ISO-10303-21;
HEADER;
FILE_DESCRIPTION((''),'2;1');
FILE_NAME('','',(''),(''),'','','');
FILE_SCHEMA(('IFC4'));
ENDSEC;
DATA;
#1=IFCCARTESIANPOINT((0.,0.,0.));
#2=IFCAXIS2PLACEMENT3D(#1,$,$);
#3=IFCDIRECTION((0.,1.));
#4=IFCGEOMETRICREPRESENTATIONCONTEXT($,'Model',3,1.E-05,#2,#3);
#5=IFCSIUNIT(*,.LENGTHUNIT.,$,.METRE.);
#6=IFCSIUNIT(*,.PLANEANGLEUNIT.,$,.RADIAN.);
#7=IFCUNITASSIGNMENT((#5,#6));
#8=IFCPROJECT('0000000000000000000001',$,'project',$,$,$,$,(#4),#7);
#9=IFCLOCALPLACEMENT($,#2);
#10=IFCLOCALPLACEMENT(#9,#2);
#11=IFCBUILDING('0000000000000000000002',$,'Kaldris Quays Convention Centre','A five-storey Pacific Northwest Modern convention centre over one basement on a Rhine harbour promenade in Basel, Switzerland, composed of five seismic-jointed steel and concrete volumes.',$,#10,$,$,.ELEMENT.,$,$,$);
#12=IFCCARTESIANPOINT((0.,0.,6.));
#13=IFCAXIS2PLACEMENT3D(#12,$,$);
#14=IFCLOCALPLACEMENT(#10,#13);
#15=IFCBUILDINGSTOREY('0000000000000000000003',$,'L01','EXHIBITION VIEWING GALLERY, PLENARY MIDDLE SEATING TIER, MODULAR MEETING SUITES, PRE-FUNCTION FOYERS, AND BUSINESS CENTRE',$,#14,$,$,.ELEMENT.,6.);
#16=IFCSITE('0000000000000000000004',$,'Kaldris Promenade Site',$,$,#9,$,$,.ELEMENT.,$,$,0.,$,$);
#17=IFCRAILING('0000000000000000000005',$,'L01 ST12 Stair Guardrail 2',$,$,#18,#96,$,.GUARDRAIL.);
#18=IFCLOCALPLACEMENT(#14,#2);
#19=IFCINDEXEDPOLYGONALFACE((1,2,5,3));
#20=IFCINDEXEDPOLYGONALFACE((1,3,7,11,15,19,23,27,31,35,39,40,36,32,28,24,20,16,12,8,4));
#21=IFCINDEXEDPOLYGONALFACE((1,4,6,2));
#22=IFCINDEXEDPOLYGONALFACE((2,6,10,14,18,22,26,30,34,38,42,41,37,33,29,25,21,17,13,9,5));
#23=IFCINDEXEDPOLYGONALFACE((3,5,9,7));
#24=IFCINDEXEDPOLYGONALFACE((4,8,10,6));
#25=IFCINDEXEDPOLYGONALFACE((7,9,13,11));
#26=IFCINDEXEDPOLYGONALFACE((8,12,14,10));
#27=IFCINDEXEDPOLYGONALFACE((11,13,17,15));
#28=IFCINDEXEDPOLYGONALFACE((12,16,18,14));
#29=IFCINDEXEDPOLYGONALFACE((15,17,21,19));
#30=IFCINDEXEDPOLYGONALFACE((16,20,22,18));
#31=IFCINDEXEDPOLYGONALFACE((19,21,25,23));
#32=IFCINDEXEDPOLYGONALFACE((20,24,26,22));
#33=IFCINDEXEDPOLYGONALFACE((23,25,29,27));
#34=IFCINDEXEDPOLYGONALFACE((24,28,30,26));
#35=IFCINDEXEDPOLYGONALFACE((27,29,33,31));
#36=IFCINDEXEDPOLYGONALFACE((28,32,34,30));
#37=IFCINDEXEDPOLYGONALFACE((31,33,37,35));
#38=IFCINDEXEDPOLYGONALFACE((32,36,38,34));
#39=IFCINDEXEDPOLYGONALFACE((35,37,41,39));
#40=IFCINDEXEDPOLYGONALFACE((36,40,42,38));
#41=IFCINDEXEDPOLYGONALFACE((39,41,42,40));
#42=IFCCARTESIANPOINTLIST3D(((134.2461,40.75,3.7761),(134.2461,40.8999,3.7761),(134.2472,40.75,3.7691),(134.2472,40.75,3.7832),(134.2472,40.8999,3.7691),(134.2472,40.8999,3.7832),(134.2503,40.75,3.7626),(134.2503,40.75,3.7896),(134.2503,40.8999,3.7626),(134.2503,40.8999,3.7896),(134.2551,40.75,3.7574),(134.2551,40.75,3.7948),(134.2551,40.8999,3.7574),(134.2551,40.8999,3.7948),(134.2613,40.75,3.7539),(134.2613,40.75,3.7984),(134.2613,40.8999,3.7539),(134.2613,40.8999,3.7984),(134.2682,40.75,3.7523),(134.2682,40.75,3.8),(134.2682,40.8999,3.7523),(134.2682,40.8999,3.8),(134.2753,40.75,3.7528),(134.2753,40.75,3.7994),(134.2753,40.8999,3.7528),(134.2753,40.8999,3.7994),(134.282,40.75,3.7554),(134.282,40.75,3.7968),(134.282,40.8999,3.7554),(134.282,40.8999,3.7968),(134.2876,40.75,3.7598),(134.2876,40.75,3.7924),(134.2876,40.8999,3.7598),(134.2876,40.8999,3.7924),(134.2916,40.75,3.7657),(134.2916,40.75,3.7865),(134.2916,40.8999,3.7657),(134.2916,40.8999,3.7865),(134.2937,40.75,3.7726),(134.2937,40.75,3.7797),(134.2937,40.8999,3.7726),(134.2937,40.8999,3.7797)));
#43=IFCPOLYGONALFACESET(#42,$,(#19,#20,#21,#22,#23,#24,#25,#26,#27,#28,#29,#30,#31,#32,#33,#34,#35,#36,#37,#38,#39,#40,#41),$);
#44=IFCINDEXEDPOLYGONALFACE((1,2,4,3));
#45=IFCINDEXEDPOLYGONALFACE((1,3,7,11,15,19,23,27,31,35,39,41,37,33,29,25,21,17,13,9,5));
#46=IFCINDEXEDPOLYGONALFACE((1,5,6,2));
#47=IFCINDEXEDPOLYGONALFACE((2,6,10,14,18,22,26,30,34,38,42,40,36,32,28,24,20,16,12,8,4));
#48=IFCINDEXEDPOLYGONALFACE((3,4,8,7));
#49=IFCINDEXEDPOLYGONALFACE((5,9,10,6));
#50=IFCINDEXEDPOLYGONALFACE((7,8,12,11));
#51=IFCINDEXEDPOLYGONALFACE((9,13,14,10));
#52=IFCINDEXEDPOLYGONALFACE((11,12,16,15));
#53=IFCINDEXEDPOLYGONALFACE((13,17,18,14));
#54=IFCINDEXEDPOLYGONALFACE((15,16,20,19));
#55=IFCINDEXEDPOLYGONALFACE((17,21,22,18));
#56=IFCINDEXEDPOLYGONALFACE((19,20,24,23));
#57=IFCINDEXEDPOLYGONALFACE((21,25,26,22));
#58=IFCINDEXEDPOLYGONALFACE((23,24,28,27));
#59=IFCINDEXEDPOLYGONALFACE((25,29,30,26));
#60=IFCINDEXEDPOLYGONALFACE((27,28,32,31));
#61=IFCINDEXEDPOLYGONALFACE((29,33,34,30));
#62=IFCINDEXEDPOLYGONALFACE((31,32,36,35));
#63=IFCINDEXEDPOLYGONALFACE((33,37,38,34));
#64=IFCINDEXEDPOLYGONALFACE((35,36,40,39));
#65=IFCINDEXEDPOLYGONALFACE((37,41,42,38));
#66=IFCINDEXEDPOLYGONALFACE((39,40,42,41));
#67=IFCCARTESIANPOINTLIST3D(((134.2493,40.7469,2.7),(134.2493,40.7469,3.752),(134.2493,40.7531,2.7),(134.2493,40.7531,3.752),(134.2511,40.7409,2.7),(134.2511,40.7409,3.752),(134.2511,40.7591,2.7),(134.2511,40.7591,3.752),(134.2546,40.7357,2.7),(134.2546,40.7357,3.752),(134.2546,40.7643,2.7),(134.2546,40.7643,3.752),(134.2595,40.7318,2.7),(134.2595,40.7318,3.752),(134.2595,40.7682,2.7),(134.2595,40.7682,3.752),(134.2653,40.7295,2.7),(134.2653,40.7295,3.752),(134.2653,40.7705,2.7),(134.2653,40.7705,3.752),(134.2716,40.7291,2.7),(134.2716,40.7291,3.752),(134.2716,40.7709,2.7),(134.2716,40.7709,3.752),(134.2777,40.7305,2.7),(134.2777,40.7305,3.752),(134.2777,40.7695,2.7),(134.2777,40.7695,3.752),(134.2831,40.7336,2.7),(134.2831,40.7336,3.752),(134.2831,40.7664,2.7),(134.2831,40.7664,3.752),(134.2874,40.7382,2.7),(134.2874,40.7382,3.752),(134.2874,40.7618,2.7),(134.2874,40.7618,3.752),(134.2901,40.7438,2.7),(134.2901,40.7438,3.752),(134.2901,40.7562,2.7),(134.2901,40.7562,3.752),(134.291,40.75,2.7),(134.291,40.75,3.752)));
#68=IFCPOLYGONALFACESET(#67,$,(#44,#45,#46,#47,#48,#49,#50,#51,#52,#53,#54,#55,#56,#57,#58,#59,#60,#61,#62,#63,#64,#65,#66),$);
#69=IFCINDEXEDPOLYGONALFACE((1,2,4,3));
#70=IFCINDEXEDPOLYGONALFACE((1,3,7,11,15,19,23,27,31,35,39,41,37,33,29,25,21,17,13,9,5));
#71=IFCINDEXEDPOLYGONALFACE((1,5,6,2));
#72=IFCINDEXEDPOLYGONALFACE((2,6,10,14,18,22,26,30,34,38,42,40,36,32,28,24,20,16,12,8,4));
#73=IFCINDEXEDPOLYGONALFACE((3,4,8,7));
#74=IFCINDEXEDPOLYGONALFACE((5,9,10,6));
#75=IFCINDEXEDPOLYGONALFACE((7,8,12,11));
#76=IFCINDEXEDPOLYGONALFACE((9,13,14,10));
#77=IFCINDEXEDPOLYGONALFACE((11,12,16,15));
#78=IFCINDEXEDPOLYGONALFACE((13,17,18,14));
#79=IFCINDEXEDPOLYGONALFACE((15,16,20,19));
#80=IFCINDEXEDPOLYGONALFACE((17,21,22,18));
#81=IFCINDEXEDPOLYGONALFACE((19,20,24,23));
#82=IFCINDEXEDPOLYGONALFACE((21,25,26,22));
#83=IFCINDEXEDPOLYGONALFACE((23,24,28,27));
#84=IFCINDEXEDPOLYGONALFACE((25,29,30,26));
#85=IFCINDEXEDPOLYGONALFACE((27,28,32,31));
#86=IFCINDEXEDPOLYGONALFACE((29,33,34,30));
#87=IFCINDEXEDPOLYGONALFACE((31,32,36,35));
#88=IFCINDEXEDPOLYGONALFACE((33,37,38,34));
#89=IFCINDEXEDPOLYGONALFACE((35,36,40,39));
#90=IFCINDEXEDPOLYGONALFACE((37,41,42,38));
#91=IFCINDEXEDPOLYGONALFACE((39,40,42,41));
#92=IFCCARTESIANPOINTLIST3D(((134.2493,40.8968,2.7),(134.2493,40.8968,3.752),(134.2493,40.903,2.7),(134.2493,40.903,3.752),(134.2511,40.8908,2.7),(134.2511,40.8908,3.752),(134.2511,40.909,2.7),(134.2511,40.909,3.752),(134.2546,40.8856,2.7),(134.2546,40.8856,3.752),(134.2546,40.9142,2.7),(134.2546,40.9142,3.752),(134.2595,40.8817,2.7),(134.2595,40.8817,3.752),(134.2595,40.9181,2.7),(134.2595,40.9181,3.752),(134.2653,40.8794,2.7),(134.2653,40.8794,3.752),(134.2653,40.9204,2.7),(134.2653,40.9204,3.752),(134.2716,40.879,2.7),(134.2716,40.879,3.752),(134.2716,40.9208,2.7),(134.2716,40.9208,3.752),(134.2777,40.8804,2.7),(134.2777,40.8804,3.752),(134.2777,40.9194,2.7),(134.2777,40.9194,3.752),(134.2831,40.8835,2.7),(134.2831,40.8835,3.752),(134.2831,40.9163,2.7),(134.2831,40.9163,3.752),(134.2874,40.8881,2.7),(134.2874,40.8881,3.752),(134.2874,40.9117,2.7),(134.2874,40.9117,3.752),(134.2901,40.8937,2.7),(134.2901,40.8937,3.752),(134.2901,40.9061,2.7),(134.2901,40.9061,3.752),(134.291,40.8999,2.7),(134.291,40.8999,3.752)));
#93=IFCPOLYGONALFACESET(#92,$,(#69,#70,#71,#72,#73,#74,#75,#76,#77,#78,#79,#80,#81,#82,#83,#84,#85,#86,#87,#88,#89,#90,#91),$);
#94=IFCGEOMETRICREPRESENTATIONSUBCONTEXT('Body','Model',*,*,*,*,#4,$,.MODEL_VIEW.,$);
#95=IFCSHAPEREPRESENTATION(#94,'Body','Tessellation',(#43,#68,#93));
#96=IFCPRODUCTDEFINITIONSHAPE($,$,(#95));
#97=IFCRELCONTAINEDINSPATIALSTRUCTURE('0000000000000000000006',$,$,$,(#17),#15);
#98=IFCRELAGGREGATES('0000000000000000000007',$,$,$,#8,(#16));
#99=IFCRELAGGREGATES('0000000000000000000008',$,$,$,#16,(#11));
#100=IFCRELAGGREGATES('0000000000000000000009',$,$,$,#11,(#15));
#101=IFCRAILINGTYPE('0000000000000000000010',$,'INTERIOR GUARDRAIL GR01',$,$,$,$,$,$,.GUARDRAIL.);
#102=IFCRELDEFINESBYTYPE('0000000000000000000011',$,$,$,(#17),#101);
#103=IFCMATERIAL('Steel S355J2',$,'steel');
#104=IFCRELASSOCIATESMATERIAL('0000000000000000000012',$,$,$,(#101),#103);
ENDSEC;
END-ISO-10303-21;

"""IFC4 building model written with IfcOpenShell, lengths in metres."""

from ifc_helpers import new_model, si_unit, direction, frame, origin, origin_2d, place, context, subcontext, project, spatial, circle, extrude, material, type_object, element, save


model = new_model("IFC4")

# Units and contexts
model_context = context("Model", 3, precision=1e-05, world=origin(), true_north=direction((0.0, 1.0)))
body_context = subcontext(model_context, "Body", "Model", "MODEL_VIEW")
ifc_project = project(units=[si_unit("LENGTHUNIT", "METRE"), si_unit("PLANEANGLEUNIT", "RADIAN")], contexts=[model_context])

# Site, building, storey
site_placement = place(None, origin())
site = spatial("IfcSite", under=ifc_project, at=site_placement, Name="Kaldris Promenade Site", CompositionType="ELEMENT", RefElevation=0.0)
building_placement = place(site_placement, origin())
building = spatial("IfcBuilding", under=site, at=building_placement, Name="Kaldris Quays Convention Centre", Description="A five-storey Pacific Northwest Modern convention centre over one basement on a Rhine harbour promenade in Basel, Switzerland, composed of five seismic-jointed steel and concrete volumes.", CompositionType="ELEMENT")
storey_placement = place(building_placement, frame((0.0, 0.0, 6.0)))
storey = spatial("IfcBuildingStorey", under=building, at=storey_placement, Name="L01", Description="EXHIBITION VIEWING GALLERY, PLENARY MIDDLE SEATING TIER, MODULAR MEETING SUITES, PRE-FUNCTION FOYERS, AND BUSINESS CENTRE", CompositionType="ELEMENT", Elevation=6.0)

# Shared definitions
ifc_material_1 = material(Name="Steel S355J2", Category="steel")

# Railing
railing_type_1 = type_object("IfcRailingType", Name="INTERIOR GUARDRAIL GR01", PredefinedType="GUARDRAIL", material=ifc_material_1)
railing_1_placement = place(storey_placement, frame((134.27, 40.75, 2.7)))
element("IfcRailing", 1, at=railing_1_placement, inside=storey, type_object=railing_type_1, Name="L01 ST12 Stair Guardrail 2", PredefinedType="GUARDRAIL", context=body_context, shape_type="SweptSolid", body=[
    extrude(circle(Radius=0.0239, at=origin_2d()), frame((0.0, 0.0, 1.0762), z_axis=(0.0, 1.0, 0.0), x_axis=(-1.0, 0.0, 0.0)), (0.0, 0.0, 1.0), 0.1499),
    extrude(circle(Radius=0.021, at=origin_2d()), origin(), (0.0, 0.0, 1.0), 1.052),
    extrude(circle(Radius=0.021, at=origin_2d()), frame((0.0, 0.1499, 0.0)), (0.0, 0.0, 1.0), 1.052),
])

save(model, "model.ifc")
